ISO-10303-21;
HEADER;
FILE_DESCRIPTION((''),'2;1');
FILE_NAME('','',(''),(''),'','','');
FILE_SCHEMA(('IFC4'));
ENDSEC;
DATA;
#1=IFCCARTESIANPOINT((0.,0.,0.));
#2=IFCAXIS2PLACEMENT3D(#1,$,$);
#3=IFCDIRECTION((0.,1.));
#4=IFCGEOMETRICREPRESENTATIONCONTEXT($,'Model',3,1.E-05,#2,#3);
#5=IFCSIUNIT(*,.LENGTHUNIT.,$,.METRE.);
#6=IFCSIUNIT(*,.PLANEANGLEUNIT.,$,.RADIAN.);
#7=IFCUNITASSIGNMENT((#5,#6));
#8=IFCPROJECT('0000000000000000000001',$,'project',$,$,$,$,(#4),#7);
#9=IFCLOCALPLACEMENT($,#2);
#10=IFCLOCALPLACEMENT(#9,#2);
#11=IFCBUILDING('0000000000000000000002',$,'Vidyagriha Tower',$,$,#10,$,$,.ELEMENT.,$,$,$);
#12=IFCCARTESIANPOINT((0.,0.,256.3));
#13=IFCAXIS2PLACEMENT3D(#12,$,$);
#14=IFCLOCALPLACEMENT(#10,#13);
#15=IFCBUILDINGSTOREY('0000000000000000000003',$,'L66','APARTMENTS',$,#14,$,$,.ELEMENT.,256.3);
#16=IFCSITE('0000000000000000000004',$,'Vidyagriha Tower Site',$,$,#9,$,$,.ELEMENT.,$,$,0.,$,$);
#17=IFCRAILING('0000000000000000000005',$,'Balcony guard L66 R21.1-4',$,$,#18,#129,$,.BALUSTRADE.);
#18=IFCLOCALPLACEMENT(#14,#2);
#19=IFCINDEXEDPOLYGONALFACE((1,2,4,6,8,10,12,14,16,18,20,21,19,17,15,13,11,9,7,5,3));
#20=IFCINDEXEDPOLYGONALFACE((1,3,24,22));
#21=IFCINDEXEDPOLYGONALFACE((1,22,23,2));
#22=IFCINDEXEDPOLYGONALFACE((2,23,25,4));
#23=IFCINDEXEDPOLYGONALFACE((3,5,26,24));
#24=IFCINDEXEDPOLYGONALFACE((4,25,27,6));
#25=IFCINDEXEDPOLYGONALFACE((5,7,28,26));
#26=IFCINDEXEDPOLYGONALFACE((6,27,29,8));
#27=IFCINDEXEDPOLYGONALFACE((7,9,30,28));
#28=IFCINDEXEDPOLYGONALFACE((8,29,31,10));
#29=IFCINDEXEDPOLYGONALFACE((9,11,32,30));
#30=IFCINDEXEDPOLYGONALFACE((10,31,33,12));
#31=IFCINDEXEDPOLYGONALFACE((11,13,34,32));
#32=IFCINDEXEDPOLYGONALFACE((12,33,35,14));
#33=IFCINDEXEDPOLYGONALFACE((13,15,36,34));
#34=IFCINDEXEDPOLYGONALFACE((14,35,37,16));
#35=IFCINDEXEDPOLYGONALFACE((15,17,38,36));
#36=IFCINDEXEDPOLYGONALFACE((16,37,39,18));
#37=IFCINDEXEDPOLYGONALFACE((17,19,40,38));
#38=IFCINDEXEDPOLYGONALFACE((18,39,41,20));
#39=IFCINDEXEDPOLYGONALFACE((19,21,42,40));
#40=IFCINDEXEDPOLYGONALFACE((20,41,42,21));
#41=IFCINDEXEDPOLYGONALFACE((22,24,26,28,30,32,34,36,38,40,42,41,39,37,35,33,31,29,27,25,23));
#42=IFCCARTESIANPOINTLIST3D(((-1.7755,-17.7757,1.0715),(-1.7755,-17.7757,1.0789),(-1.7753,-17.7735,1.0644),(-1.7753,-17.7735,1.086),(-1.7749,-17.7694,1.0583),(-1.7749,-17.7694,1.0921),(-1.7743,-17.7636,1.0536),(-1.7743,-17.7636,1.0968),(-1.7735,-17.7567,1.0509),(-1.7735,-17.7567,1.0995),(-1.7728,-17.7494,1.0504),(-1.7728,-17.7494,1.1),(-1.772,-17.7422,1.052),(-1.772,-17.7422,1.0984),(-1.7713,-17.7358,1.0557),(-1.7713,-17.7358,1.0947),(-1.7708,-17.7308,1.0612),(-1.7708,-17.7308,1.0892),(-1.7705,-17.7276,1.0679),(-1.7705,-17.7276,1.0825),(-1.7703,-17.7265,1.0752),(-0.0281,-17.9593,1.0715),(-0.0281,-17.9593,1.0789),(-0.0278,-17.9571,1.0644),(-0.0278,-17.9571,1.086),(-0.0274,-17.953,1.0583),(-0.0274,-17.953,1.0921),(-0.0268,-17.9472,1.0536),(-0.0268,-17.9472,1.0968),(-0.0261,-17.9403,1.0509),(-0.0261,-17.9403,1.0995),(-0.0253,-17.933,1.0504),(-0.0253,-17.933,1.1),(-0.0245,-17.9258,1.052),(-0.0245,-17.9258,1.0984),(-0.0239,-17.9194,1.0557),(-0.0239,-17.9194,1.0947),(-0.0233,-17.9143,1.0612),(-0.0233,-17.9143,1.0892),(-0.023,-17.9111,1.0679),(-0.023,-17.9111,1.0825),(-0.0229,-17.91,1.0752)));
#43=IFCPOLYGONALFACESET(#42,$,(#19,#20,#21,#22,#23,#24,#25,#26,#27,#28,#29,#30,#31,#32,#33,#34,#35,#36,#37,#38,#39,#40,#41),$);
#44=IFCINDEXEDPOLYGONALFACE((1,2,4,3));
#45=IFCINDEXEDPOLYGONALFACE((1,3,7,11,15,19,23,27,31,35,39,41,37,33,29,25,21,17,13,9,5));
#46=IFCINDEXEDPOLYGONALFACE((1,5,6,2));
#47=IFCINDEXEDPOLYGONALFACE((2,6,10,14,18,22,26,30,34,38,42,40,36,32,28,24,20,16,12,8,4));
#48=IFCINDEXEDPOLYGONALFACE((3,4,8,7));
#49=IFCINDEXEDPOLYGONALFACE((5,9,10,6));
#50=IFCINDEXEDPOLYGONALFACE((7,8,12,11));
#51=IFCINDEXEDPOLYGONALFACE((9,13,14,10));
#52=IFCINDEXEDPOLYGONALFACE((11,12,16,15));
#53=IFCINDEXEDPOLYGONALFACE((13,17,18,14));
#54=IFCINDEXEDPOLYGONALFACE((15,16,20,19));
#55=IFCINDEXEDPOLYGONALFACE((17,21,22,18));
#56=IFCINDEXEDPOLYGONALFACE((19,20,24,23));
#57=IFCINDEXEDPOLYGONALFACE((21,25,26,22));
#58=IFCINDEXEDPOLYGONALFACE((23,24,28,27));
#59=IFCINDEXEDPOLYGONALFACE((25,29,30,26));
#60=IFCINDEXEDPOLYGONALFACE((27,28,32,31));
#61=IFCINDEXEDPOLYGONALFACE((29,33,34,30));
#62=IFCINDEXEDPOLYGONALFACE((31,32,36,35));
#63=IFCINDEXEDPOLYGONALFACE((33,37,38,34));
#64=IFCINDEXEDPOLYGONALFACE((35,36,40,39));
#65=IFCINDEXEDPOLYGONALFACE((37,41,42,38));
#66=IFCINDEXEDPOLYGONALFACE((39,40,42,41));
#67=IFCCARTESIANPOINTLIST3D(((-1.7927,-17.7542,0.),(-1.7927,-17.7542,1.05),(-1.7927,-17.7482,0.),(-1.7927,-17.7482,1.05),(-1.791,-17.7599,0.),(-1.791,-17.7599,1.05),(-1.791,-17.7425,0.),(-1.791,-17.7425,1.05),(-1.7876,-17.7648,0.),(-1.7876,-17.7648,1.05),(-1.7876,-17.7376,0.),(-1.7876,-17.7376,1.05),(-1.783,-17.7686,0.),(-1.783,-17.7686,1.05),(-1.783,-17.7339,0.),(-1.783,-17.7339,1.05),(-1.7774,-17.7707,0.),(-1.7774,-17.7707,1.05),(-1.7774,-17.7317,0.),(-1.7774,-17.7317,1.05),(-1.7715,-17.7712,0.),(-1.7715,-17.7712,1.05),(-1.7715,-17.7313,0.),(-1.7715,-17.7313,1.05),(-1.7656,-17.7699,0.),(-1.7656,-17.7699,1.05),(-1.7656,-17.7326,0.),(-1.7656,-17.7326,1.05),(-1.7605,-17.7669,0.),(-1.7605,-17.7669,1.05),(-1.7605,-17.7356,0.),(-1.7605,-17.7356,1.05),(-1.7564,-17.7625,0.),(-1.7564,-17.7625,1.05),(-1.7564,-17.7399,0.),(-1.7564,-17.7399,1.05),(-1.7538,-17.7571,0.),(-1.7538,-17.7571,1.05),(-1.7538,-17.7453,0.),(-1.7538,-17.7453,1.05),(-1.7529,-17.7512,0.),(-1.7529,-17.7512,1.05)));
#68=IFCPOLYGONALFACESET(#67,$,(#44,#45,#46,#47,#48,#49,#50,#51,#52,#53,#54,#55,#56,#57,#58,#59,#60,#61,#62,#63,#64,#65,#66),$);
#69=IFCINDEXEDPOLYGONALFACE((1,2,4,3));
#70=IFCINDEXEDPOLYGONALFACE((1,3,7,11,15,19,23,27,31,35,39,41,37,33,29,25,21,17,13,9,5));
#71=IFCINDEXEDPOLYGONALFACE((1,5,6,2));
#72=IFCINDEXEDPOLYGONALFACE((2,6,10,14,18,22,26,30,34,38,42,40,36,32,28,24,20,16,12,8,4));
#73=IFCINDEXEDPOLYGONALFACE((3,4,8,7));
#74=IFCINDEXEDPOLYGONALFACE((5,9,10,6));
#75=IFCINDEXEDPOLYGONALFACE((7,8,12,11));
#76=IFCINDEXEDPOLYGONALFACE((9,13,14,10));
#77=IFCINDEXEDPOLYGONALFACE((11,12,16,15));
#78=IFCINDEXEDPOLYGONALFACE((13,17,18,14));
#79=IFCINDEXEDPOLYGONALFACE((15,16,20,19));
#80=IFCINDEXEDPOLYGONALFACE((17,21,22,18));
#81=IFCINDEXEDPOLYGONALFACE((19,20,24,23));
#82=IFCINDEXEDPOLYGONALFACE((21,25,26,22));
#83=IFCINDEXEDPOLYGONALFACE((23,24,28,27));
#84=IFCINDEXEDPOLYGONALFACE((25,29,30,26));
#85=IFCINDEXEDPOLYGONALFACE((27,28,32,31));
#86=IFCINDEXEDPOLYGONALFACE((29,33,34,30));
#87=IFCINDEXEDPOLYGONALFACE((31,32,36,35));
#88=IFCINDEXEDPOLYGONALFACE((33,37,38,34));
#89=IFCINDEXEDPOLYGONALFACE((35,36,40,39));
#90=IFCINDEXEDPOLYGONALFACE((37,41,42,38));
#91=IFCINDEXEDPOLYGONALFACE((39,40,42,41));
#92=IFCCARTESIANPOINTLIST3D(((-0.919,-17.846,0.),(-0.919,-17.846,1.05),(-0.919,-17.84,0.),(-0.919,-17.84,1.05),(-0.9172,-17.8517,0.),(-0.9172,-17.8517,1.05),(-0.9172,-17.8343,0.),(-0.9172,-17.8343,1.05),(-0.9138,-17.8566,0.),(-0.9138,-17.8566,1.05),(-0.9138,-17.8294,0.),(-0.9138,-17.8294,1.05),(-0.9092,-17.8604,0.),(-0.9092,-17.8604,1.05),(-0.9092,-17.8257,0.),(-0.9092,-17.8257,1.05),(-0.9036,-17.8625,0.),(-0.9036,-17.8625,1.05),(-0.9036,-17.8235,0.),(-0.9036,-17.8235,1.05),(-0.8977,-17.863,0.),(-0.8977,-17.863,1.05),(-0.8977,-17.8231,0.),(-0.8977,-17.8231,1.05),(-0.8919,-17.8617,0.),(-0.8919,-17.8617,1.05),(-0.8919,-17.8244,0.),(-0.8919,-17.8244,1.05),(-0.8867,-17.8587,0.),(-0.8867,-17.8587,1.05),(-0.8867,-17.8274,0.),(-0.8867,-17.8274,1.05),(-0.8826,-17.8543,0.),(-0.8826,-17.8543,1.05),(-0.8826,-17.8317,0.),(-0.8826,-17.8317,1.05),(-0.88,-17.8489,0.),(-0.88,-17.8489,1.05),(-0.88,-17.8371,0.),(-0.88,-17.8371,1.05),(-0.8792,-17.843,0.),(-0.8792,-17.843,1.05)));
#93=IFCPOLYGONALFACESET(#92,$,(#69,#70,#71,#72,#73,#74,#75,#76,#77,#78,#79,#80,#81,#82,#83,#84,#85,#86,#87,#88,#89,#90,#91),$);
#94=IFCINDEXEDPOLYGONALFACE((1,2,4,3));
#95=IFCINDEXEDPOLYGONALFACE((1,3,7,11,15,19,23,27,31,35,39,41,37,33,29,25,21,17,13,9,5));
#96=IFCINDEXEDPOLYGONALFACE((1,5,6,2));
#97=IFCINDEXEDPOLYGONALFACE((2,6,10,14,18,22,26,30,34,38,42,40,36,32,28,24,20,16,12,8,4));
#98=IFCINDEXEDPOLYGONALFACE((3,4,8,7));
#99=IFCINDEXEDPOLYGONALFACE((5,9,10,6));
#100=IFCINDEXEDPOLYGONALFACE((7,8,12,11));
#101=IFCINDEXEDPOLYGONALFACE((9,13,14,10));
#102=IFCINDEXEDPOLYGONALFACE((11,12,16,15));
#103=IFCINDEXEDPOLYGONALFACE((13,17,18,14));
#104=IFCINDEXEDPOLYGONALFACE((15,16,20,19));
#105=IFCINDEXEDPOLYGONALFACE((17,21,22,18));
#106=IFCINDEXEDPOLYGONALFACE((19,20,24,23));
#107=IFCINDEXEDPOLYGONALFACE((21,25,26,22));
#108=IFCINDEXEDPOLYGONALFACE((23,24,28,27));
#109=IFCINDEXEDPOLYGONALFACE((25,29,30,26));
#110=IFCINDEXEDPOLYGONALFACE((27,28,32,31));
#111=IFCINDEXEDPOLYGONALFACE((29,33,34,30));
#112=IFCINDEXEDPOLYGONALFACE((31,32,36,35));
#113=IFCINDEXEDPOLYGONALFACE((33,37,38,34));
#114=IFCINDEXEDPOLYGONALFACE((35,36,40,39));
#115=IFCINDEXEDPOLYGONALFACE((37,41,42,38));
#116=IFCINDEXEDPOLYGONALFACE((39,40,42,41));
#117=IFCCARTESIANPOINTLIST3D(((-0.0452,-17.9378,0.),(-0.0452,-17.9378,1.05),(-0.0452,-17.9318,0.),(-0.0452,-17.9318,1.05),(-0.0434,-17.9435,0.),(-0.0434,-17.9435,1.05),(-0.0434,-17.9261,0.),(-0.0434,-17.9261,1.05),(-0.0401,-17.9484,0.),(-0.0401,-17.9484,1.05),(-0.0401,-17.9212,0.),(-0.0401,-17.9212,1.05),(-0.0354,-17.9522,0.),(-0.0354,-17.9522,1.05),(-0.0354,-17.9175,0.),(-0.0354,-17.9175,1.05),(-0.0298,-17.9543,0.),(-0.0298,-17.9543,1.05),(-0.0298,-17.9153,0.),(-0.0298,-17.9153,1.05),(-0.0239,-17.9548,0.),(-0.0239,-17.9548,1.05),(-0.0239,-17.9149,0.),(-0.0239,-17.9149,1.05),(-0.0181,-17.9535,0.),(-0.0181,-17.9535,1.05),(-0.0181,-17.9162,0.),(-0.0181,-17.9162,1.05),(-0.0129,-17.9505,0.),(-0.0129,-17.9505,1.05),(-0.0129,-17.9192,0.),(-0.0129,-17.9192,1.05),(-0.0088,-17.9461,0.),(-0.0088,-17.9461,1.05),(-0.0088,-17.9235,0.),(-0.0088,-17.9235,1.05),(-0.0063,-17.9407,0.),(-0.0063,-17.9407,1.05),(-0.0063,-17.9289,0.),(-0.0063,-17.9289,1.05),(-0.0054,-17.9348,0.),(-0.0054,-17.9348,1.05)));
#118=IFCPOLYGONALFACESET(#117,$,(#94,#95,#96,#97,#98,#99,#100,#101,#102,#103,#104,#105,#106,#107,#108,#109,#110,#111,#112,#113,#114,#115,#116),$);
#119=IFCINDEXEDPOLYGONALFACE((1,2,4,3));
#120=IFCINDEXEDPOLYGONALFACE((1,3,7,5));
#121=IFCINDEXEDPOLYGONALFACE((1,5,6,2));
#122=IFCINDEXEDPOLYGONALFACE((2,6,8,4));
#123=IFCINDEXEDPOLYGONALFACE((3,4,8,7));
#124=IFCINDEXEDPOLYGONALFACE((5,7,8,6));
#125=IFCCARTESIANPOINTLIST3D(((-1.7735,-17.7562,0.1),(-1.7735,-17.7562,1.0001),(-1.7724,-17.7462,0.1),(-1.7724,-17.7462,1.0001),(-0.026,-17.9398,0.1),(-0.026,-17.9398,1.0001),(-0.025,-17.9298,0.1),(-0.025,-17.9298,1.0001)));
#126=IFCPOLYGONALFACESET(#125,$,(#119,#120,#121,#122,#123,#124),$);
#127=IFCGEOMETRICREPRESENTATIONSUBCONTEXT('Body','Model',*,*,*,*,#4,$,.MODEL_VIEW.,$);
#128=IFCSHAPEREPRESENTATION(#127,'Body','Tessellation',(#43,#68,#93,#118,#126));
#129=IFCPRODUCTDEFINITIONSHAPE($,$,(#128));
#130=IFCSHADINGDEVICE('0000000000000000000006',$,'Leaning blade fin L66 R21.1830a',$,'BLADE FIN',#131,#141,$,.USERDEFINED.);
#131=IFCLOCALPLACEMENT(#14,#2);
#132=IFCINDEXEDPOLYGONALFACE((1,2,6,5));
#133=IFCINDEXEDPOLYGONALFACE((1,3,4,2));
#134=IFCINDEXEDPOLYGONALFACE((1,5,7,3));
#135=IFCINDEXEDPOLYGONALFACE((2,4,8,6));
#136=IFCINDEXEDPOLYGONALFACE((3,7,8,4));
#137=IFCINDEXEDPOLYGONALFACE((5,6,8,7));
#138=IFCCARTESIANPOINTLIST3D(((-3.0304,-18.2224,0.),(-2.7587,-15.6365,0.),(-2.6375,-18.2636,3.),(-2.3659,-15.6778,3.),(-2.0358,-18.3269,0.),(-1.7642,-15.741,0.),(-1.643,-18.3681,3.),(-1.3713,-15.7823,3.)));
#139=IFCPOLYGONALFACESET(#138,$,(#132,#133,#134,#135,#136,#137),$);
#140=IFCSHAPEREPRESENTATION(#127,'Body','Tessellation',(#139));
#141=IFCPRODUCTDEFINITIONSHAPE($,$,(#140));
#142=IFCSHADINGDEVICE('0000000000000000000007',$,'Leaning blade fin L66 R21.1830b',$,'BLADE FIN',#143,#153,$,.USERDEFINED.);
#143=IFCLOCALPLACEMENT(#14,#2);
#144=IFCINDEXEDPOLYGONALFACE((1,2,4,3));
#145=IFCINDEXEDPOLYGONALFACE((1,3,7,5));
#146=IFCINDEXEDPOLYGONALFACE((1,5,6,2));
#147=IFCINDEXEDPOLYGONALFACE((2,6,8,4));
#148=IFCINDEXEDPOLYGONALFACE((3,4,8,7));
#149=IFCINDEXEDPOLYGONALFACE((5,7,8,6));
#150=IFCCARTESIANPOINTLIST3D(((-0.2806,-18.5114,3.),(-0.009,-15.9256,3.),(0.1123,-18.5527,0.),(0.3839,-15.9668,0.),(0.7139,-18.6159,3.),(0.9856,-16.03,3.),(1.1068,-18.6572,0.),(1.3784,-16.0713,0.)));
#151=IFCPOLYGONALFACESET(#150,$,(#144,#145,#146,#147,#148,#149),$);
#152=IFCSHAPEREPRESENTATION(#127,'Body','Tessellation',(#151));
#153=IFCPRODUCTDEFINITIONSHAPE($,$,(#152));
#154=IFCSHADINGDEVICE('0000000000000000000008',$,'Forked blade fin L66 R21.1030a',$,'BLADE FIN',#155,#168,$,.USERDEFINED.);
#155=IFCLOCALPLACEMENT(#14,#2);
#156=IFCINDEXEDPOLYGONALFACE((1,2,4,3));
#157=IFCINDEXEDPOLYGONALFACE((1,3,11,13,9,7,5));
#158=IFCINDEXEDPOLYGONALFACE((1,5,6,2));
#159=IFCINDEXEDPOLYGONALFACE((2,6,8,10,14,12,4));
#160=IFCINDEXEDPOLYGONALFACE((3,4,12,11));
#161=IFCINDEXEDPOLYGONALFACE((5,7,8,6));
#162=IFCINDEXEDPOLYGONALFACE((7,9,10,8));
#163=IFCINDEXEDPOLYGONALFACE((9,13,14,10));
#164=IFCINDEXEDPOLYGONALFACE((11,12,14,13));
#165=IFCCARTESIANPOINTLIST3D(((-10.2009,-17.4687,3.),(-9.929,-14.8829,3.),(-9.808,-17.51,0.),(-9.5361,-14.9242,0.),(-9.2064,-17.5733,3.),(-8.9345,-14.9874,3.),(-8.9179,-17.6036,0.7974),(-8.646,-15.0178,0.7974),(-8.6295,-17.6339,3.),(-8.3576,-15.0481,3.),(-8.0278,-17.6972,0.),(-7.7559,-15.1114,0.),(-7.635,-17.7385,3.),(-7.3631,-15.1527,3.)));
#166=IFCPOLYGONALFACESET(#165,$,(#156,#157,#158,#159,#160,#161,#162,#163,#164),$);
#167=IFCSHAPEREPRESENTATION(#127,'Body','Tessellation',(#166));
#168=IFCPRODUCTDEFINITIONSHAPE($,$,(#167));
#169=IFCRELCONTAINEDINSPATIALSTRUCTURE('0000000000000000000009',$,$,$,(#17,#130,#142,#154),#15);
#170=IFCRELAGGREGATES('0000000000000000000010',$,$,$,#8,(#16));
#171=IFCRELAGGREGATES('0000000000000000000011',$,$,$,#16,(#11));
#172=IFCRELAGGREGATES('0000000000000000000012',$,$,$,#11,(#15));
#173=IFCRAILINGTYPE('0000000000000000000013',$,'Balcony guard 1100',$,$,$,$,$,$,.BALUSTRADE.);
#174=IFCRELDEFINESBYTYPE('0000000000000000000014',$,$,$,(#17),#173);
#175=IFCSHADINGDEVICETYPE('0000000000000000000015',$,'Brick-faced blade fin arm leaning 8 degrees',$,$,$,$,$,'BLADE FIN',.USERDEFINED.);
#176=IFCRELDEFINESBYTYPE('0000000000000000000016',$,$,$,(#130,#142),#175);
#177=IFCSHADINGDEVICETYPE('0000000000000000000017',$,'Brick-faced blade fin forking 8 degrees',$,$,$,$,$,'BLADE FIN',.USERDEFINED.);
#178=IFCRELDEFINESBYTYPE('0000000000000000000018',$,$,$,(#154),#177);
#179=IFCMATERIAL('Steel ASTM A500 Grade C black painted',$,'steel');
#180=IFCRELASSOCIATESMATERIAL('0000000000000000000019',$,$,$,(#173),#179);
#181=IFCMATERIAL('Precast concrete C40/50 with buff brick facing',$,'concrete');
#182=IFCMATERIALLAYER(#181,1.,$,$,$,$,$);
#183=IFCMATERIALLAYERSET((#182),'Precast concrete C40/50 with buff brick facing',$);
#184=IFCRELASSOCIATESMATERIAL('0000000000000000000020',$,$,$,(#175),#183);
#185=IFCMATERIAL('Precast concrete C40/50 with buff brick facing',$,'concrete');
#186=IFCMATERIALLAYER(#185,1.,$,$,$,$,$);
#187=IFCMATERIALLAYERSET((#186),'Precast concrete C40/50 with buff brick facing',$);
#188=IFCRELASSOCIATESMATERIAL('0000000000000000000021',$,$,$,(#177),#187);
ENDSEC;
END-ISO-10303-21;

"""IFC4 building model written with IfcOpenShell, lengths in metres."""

from ifc_helpers import new_model, si_unit, direction, frame, origin, origin_2d, place, context, subcontext, project, spatial, polyline, rectangle, circle, outline, extrude, material, layer, layer_set, type_object, element, save


model = new_model("IFC4")

# Units and contexts
model_context = context("Model", 3, precision=1e-05, world=origin(), true_north=direction((0.0, 1.0)))
body_context = subcontext(model_context, "Body", "Model", "MODEL_VIEW")
ifc_project = project(units=[si_unit("LENGTHUNIT", "METRE"), si_unit("PLANEANGLEUNIT", "RADIAN")], contexts=[model_context])

# Site, building, storey
site_placement = place(None, origin())
site = spatial("IfcSite", under=ifc_project, at=site_placement, Name="Vidyagriha Tower Site", CompositionType="ELEMENT", RefElevation=0.0)
building_placement = place(site_placement, origin())
building = spatial("IfcBuilding", under=site, at=building_placement, Name="Vidyagriha Tower", CompositionType="ELEMENT")
storey_placement = place(building_placement, frame((0.0, 0.0, 256.3)))
storey = spatial("IfcBuildingStorey", under=building, at=storey_placement, Name="L66", Description="APARTMENTS", CompositionType="ELEMENT", Elevation=256.3)

# Railing
ifc_material_1 = material(Name="Steel ASTM A500 Grade C black painted", Category="steel")
railing_type = type_object("IfcRailingType", Name="Balcony guard 1100", PredefinedType="BALUSTRADE", material=ifc_material_1)
railing_1_placement = place(storey_placement, frame((-1.7729, -17.7512, 0.0)))
element("IfcRailing", 1, at=railing_1_placement, inside=storey, type_object=railing_type, Name="Balcony guard L66 R21.1-4", PredefinedType="BALUSTRADE", context=body_context, shape_type="SweptSolid", body=[
    extrude(circle(Radius=0.0249, at=origin_2d()), frame((0.0, 0.0, 1.0752), z_axis=(0.994527, -0.104482, 0.0), x_axis=(0.104482, 0.994527, 0.0)), (0.0, 0.0, 1.0), 1.7571),
    extrude(circle(Radius=0.02, at=origin_2d()), origin(), (0.0, 0.0, 1.0), 1.05),
    extrude(circle(Radius=0.02, at=origin_2d()), frame((0.8738, -0.0918, 0.0)), (0.0, 0.0, 1.0), 1.05),
    extrude(circle(Radius=0.02, at=origin_2d()), frame((1.7476, -0.1836, 0.0)), (0.0, 0.0, 1.0), 1.05),
    extrude(rectangle(XDim=0.01, YDim=0.9001, at=origin_2d()), frame((0.0, 0.0, 0.55), z_axis=(0.994527, -0.104482, 0.0), x_axis=(0.104482, 0.994527, 0.0)), (0.0, 0.0, 1.0), 1.7571),
])

# Shading devices
ifc_material_2 = material(Name="Precast concrete C40/50 with buff brick facing", Category="concrete")
ifc_layer_1 = layer(ifc_material_2, 1.0)
ifc_layer_set_1 = layer_set([ifc_layer_1], Name="Precast concrete C40/50 with buff brick facing")
shading_device_type_1 = type_object("IfcShadingDeviceType", Name="Brick-faced blade fin arm leaning 8 degrees", ElementType="BLADE FIN", PredefinedType="USERDEFINED", material=ifc_layer_set_1)
shading_device_1_placement = place(storey_placement, frame((-2.8945, -16.9294, 0.0), z_axis=(0.0, 0.0, 1.0), x_axis=(0.994527, -0.104475, 0.0)))
element("IfcShadingDevice", 2, at=shading_device_1_placement, inside=storey, type_object=shading_device_type_1, Name="Leaning blade fin L66 R21.1830a", ObjectType="BLADE FIN", PredefinedType="USERDEFINED", context=body_context, shape_type="SweptSolid", body=[
    extrude(outline(polyline([(0.0, 0.0), (1.0, 0.0), (1.395, 3.0), (0.395, 3.0), (0.0, 0.0)])), frame((0.0, 1.3, 0.0), z_axis=(0.0, -1.0, 0.0), x_axis=(1.0, 0.0, 0.0)), (0.0, 0.0, 1.0), 2.6001),
])
shading_device_2_placement = place(storey_placement, frame((-0.1448, -17.2185, 0.0), z_axis=(0.0, 0.0, 1.0), x_axis=(0.994527, -0.104475, 0.0)))
element("IfcShadingDevice", 3, at=shading_device_2_placement, inside=storey, type_object=shading_device_type_1, Name="Leaning blade fin L66 R21.1830b", ObjectType="BLADE FIN", PredefinedType="USERDEFINED", context=body_context, shape_type="SweptSolid", body=[
    extrude(outline(polyline([(0.395, 0.0), (1.395, 0.0), (1.0, 3.0), (0.0, 3.0), (0.395, 0.0)])), frame((0.0, 1.3, 0.0), z_axis=(0.0, -1.0, 0.0), x_axis=(1.0, 0.0, 0.0)), (0.0, 0.0, 1.0), 2.6001),
])
ifc_material_3 = material(Name="Precast concrete C40/50 with buff brick facing", Category="concrete")
ifc_layer_2 = layer(ifc_material_3, 1.0)
ifc_layer_set_2 = layer_set([ifc_layer_2], Name="Precast concrete C40/50 with buff brick facing")
shading_device_type_2 = type_object("IfcShadingDeviceType", Name="Brick-faced blade fin forking 8 degrees", ElementType="BLADE FIN", PredefinedType="USERDEFINED", material=ifc_layer_set_2)
shading_device_3_placement = place(storey_placement, frame((-10.0649, -16.1758, 0.0), z_axis=(0.0, 0.0, 1.0), x_axis=(0.994517, -0.104571, 0.0)))
element("IfcShadingDevice", 4, at=shading_device_3_placement, inside=storey, type_object=shading_device_type_2, Name="Forked blade fin L66 R21.1030a", ObjectType="BLADE FIN", PredefinedType="USERDEFINED", context=body_context, shape_type="SweptSolid", body=[
    extrude(outline(polyline([(0.395, 0.0), (2.1851, 0.0), (2.5801, 3.0), (1.5801, 3.0), (1.29, 0.7974), (1.0, 3.0), (0.0, 3.0), (0.395, 0.0)])), frame((0.0, 1.3, 0.0), z_axis=(0.0, -1.0, 0.0), x_axis=(1.0, 0.0, 0.0)), (0.0, 0.0, 1.0), 2.6001),
])

save(model, "model.ifc")
